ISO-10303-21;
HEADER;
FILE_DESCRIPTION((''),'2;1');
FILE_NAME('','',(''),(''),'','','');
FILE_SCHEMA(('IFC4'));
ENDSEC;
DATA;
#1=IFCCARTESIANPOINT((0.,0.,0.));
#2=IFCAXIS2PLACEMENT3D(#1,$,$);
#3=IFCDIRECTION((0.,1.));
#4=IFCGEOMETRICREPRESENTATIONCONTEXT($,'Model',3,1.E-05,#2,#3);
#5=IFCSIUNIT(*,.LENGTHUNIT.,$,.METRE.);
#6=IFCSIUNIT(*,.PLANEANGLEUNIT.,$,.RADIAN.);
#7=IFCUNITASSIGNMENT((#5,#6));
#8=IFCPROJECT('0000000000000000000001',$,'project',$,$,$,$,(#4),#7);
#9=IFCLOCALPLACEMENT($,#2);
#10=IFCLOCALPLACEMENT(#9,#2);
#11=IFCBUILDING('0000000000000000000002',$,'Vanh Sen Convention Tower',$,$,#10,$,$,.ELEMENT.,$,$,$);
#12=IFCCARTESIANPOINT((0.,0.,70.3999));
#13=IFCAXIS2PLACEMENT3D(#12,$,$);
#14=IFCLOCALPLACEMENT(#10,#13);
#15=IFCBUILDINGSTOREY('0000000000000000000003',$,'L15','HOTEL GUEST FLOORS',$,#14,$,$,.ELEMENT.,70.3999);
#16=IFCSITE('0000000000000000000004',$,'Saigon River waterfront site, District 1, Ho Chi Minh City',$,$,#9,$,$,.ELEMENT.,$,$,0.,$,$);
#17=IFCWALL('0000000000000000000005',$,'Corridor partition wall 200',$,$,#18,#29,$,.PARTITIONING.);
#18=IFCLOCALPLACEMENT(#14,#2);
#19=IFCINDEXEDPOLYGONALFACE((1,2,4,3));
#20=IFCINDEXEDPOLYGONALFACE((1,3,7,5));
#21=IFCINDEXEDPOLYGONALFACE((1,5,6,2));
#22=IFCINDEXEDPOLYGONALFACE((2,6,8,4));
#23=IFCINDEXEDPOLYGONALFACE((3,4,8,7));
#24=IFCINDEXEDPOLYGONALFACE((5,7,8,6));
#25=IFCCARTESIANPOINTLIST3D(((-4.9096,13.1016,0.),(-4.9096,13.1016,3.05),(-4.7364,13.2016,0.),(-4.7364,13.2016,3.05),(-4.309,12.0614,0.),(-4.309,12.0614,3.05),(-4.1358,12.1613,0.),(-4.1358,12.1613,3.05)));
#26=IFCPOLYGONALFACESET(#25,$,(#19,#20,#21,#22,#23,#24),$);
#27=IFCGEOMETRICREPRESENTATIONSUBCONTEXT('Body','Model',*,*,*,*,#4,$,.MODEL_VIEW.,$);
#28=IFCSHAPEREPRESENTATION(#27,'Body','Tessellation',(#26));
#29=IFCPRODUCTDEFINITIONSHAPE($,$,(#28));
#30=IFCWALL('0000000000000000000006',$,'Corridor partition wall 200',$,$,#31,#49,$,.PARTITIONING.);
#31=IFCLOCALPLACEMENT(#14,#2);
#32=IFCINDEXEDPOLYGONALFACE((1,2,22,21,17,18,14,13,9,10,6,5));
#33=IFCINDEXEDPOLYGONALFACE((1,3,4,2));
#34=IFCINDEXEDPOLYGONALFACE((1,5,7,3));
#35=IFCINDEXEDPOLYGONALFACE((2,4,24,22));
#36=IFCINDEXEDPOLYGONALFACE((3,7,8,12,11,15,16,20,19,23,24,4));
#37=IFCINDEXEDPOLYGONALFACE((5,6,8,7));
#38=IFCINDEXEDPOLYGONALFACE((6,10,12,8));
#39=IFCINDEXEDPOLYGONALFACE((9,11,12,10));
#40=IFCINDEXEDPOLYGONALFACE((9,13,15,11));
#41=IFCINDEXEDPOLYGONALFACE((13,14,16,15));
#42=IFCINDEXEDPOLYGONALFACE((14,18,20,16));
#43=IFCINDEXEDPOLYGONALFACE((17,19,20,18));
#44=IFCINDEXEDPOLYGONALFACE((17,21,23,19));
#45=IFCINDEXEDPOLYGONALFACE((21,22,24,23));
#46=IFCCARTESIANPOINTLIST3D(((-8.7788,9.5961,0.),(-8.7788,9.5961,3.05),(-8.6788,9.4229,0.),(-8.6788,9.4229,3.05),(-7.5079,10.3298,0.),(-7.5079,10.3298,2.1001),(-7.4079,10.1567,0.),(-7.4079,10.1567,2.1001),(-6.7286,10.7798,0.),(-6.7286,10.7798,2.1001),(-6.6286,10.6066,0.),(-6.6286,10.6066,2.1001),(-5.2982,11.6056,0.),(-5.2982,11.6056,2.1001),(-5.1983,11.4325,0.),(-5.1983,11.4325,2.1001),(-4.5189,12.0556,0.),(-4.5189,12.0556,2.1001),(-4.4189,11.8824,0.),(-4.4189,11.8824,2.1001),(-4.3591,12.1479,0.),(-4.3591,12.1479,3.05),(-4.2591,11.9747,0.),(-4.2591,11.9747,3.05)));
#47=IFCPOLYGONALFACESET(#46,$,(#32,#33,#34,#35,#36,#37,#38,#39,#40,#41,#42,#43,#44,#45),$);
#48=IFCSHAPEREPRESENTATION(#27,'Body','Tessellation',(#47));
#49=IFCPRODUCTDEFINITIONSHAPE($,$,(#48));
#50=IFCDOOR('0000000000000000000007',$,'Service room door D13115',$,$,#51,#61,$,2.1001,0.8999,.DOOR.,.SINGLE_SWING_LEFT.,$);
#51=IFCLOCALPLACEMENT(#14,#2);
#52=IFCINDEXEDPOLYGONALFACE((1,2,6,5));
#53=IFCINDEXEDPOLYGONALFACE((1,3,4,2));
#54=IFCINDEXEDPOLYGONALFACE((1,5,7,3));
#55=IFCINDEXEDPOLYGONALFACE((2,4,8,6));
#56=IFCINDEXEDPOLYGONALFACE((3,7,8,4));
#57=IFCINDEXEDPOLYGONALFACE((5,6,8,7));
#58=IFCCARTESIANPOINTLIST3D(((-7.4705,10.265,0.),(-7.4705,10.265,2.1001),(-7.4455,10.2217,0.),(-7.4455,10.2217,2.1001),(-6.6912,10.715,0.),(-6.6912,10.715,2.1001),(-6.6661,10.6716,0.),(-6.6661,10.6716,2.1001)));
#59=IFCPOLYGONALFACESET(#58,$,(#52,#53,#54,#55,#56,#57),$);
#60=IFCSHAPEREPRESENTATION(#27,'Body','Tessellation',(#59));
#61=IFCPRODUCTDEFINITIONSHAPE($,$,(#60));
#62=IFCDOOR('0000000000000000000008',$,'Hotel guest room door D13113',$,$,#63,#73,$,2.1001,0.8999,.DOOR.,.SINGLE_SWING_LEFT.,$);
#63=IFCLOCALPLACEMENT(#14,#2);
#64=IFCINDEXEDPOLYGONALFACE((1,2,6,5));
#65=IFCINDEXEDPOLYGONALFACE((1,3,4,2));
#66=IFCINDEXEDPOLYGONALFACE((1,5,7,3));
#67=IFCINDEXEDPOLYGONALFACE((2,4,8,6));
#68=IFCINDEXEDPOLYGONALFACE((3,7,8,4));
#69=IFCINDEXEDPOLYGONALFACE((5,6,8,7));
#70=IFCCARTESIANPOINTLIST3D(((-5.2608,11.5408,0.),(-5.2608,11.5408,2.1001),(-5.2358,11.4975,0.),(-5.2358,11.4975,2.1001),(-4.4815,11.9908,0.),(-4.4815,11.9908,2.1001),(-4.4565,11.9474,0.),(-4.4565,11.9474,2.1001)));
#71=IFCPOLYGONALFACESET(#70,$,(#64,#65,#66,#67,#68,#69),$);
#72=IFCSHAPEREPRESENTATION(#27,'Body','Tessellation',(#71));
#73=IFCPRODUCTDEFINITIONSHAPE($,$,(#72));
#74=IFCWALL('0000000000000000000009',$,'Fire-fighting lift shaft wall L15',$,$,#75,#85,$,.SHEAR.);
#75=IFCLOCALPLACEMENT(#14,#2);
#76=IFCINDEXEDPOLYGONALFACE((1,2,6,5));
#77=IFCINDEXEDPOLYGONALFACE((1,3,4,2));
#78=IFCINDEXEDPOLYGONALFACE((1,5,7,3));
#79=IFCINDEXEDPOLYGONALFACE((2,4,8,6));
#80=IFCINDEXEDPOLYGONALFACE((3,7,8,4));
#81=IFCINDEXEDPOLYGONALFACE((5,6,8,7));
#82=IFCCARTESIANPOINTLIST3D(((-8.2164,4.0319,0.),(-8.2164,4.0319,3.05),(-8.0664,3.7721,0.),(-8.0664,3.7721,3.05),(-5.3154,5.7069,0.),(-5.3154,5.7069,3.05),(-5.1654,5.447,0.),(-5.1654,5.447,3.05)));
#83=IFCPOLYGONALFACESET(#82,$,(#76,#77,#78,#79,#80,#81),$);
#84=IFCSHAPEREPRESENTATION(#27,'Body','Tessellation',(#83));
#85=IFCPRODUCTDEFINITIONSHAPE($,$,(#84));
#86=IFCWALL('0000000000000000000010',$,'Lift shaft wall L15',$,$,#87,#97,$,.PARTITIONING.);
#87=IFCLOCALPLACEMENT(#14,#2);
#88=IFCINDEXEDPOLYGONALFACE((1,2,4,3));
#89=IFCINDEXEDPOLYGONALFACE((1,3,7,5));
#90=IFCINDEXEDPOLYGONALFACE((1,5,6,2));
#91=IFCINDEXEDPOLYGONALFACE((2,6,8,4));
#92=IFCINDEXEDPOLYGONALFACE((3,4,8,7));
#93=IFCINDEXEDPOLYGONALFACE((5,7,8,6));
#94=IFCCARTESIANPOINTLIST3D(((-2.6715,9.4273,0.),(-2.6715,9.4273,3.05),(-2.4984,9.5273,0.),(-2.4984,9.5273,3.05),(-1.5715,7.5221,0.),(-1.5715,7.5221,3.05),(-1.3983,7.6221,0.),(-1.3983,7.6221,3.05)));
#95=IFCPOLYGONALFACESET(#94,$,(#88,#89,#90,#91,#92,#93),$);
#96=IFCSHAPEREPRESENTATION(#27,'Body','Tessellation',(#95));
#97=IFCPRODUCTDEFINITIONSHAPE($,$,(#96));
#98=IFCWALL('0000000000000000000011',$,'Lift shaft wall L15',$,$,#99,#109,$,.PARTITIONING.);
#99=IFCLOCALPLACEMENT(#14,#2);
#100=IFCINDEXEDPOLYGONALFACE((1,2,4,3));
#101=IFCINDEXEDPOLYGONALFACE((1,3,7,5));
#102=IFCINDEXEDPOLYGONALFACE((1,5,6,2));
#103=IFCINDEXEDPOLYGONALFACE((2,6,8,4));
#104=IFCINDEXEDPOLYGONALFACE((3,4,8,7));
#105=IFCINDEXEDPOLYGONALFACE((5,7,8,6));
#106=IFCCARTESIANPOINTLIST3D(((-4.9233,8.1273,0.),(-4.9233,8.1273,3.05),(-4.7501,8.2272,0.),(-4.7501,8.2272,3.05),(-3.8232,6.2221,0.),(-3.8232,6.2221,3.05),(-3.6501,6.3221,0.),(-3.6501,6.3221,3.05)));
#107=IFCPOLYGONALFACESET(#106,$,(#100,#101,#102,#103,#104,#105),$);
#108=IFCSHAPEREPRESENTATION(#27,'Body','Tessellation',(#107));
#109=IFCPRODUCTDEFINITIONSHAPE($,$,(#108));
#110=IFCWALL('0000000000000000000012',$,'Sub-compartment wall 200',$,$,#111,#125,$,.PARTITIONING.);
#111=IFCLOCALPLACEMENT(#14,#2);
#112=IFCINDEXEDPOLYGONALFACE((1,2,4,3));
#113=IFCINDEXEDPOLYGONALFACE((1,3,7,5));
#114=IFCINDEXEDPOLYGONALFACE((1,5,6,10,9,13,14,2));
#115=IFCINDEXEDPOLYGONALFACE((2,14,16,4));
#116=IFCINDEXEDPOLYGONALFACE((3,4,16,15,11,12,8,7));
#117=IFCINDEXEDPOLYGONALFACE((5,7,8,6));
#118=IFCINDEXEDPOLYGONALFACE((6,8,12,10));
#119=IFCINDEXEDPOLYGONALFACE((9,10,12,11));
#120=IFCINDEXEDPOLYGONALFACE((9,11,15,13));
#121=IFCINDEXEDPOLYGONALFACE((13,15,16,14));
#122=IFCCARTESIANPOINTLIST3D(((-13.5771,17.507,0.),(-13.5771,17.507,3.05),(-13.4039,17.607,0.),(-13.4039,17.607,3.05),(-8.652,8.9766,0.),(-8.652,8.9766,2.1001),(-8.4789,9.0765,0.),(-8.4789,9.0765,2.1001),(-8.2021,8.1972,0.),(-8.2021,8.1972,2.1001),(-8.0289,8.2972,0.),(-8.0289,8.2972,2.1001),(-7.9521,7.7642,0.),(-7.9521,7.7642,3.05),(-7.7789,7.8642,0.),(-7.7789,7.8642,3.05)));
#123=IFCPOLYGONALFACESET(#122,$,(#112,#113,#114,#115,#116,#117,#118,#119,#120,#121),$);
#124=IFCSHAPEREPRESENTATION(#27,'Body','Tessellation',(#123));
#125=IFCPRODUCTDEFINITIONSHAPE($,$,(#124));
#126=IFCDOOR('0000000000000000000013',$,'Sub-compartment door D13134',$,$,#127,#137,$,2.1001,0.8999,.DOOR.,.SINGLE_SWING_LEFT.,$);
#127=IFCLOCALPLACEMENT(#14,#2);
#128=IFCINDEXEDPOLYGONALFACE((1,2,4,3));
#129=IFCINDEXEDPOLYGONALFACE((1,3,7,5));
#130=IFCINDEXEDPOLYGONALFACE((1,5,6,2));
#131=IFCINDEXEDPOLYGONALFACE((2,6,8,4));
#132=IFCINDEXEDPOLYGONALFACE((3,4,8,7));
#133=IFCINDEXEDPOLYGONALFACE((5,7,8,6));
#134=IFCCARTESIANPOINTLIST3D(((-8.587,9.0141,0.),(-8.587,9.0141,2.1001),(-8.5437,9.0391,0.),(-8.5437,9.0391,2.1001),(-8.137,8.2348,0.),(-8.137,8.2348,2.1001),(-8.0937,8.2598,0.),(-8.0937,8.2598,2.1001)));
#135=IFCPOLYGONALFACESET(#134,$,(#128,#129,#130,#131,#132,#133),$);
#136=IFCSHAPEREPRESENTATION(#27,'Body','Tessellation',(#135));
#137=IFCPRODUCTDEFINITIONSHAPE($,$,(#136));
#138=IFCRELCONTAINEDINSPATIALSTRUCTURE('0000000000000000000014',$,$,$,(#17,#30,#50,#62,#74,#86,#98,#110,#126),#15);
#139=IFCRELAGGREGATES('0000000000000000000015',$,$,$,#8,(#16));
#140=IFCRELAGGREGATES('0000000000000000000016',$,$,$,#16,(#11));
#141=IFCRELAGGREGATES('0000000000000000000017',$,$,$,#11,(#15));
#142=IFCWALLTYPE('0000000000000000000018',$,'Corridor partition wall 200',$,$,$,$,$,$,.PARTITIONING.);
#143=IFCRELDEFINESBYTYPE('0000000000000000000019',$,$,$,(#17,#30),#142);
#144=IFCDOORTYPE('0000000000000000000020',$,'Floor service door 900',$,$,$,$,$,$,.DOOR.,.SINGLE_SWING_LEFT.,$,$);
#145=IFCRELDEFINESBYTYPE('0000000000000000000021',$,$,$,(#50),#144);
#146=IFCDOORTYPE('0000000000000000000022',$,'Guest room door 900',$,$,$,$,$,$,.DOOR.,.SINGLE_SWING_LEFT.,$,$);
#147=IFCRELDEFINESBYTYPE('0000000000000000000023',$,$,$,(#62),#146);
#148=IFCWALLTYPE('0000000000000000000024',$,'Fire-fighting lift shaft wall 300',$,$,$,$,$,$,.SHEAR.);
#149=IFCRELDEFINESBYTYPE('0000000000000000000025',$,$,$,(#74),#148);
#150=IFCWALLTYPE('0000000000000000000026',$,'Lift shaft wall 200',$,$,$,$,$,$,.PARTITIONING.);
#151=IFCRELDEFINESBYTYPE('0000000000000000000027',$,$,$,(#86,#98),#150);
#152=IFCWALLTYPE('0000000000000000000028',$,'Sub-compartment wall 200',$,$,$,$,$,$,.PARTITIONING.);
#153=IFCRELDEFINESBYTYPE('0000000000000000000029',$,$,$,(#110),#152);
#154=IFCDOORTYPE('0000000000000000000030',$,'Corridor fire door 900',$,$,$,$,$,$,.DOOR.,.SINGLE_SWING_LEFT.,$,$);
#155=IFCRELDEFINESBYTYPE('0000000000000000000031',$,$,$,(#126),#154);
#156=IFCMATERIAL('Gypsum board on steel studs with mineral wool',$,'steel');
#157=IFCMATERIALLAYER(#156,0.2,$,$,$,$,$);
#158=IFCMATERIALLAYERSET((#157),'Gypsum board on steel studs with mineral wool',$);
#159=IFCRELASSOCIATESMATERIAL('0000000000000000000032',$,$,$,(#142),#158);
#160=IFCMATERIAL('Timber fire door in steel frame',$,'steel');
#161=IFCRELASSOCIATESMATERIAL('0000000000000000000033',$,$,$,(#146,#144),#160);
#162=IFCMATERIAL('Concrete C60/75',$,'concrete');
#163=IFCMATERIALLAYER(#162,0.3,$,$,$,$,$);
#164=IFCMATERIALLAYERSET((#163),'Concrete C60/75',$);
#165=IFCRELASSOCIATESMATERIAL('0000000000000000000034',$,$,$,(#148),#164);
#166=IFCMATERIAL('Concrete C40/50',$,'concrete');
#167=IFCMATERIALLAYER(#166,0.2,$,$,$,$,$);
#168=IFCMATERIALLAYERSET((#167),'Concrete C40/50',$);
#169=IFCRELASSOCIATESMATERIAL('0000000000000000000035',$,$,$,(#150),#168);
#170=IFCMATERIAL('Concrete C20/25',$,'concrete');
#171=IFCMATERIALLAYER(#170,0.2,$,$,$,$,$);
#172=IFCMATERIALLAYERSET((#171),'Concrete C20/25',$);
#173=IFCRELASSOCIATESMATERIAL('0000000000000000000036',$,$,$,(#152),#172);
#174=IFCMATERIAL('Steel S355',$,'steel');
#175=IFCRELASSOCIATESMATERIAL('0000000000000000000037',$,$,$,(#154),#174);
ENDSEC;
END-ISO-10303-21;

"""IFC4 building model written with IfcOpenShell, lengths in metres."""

from ifc_helpers import new_model, si_unit, direction, frame, frame_2d, origin, place, context, subcontext, project, spatial, rectangle, extrude, material, layer, layer_set, type_object, element, fill, save


model = new_model("IFC4")

# Units and contexts
model_context = context("Model", 3, precision=1e-05, world=origin(), true_north=direction((0.0, 1.0)))
body_context = subcontext(model_context, "Body", "Model", "MODEL_VIEW")
ifc_project = project(units=[si_unit("LENGTHUNIT", "METRE"), si_unit("PLANEANGLEUNIT", "RADIAN")], contexts=[model_context])

# Site, building, storey
site_placement = place(None, origin())
site = spatial("IfcSite", under=ifc_project, at=site_placement, Name="Saigon River waterfront site, District 1, Ho Chi Minh City", CompositionType="ELEMENT", RefElevation=0.0)
building_placement = place(site_placement, origin())
building = spatial("IfcBuilding", under=site, at=building_placement, Name="Vanh Sen Convention Tower", CompositionType="ELEMENT")
storey_placement = place(building_placement, frame((0.0, 0.0, 70.3999)))
storey = spatial("IfcBuildingStorey", under=building, at=storey_placement, Name="L15", Description="HOTEL GUEST FLOORS", CompositionType="ELEMENT", Elevation=70.3999)

# Shared definitions
ifc_material_1 = material(Name="Gypsum board on steel studs with mineral wool", Category="steel")
ifc_layer_1 = layer(ifc_material_1, 0.2)
ifc_layer_set_1 = layer_set([ifc_layer_1], Name="Gypsum board on steel studs with mineral wool")
wall_type_1 = type_object("IfcWallType", Name="Corridor partition wall 200", PredefinedType="PARTITIONING", material=ifc_layer_set_1)
ifc_material_2 = material(Name="Timber fire door in steel frame", Category="steel")

# Shared definitions
door_type_1 = type_object("IfcDoorType", Name="Guest room door 900", OperationType="SINGLE_SWING_LEFT", PredefinedType="DOOR", material=ifc_material_2)

# Wall
wall_1_placement = place(storey_placement, frame((-4.823, 13.1516, 0.0), z_axis=(0.0, 0.0, 1.0), x_axis=(0.499986, -0.866033, 0.0)))
element("IfcWall", 1, at=wall_1_placement, inside=storey, type_object=wall_type_1, Name="Corridor partition wall 200", PredefinedType="PARTITIONING", context=body_context, shape_type="SweptSolid", body=[
    extrude(rectangle(XDim=1.2012, YDim=0.2, at=frame_2d((0.6006, 0.0))), origin(), (0.0, 0.0, 1.0), 3.05),
])

# Wall, openings, doors
wall_2_placement = place(storey_placement, frame((-4.3091, 12.0613, 0.0), z_axis=(0.0, 0.0, 1.0), x_axis=(-0.866021, -0.500008, 0.0)))
wall_2 = element("IfcWall", 2, at=wall_2_placement, inside=storey, type_object=wall_type_1, Name="Corridor partition wall 200", PredefinedType="PARTITIONING", context=body_context, shape_type="SweptSolid", body=[
    extrude(rectangle(XDim=5.1035, YDim=0.2, at=frame_2d((2.5518, 0.0))), origin(), (0.0, 0.0, 1.0), 3.05),
])
opening_1_placement = place(wall_2_placement, frame((0.1846, 0.0, 0.0)))
opening_1 = element("IfcOpeningElement", 3, at=opening_1_placement, cuts=wall_2, PredefinedType="OPENING", context=body_context, shape_type="SweptSolid", body=[
    extrude(rectangle(XDim=0.8999, YDim=2.1001, at=frame_2d((0.45, 1.05))), frame((0.0, 0.1099, 0.0), z_axis=(0.0, -1.0, 0.0), x_axis=(1.0, 0.0, 0.0)), (0.0, 0.0, 1.0), 0.22),
])
opening_2_placement = place(wall_2_placement, frame((2.7361, 0.0, 0.0)))
opening_2 = element("IfcOpeningElement", 4, at=opening_2_placement, cuts=wall_2, PredefinedType="OPENING", context=body_context, shape_type="SweptSolid", body=[
    extrude(rectangle(XDim=0.8999, YDim=2.1001, at=frame_2d((0.45, 1.05))), frame((0.0, 0.1099, 0.0), z_axis=(0.0, -1.0, 0.0), x_axis=(1.0, 0.0, 0.0)), (0.0, 0.0, 1.0), 0.22),
])
door_type_2 = type_object("IfcDoorType", Name="Floor service door 900", OperationType="SINGLE_SWING_LEFT", PredefinedType="DOOR", material=ifc_material_2)
door_1_placement = place(opening_2_placement, origin())
door_1 = element("IfcDoor", 5, at=door_1_placement, inside=storey, type_object=door_type_2, Name="Service room door D13115", OperationType="SINGLE_SWING_LEFT", OverallHeight=2.1001, OverallWidth=0.8999, PredefinedType="DOOR", context=body_context, shape_type="SweptSolid", body=[
    extrude(rectangle(XDim=0.8999, YDim=2.1001, at=frame_2d((0.45, 1.05))), frame((0.0, 0.0249, 0.0), z_axis=(0.0, -1.0, 0.0), x_axis=(1.0, 0.0, 0.0)), (0.0, 0.0, 1.0), 0.05),
])
fill(opening_2, door_1)
door_2_placement = place(opening_1_placement, origin())
door_2 = element("IfcDoor", 6, at=door_2_placement, inside=storey, type_object=door_type_1, Name="Hotel guest room door D13113", OperationType="SINGLE_SWING_LEFT", OverallHeight=2.1001, OverallWidth=0.8999, PredefinedType="DOOR", context=body_context, shape_type="SweptSolid", body=[
    extrude(rectangle(XDim=0.8999, YDim=2.1001, at=frame_2d((0.45, 1.05))), frame((0.0, 0.0249, 0.0), z_axis=(0.0, -1.0, 0.0), x_axis=(1.0, 0.0, 0.0)), (0.0, 0.0, 1.0), 0.05),
])
fill(opening_1, door_2)

# Walls
ifc_material_3 = material(Name="Concrete C60/75", Category="concrete")
ifc_layer_2 = layer(ifc_material_3, 0.3)
ifc_layer_set_2 = layer_set([ifc_layer_2], Name="Concrete C60/75")
wall_type_2 = type_object("IfcWallType", Name="Fire-fighting lift shaft wall 300", PredefinedType="SHEAR", material=ifc_layer_set_2)
wall_3_placement = place(storey_placement, frame((-5.2405, 5.5769, 0.0), z_axis=(0.0, 0.0, 1.0), x_axis=(-0.866014, -0.500019, 0.0)))
element("IfcWall", 7, at=wall_3_placement, inside=storey, type_object=wall_type_2, Name="Fire-fighting lift shaft wall L15", PredefinedType="SHEAR", context=body_context, shape_type="SweptSolid", body=[
    extrude(rectangle(XDim=3.3499, YDim=0.3, at=frame_2d((1.6748, 0.0))), origin(), (0.0, 0.0, 1.0), 3.05),
])
ifc_material_4 = material(Name="Concrete C40/50", Category="concrete")
ifc_layer_3 = layer(ifc_material_4, 0.2)
ifc_layer_set_3 = layer_set([ifc_layer_3], Name="Concrete C40/50")
wall_type_3 = type_object("IfcWallType", Name="Lift shaft wall 200", PredefinedType="PARTITIONING", material=ifc_layer_set_3)
for number, where, z_axis, x_axis, name in (
    (8, (-1.4849, 7.572, 0.0), (0.0, 0.0, 1.0), (-0.50003, 0.866008, 0.0), "Lift shaft wall L15"),
    (9, (-3.7366, 6.272, 0.0), (0.0, 0.0, 1.0), (-0.50003, 0.866008, 0.0), "Lift shaft wall L15"),
):
    element("IfcWall", number, at=place(storey_placement, frame(where, z_axis=z_axis, x_axis=x_axis)), inside=storey, type_object=wall_type_3, Name=name, PredefinedType="PARTITIONING", context=body_context, shape_type="SweptSolid", body=[
        extrude(rectangle(XDim=2.2, YDim=0.2, at=frame_2d((1.1001, 0.0))), origin(), (0.0, 0.0, 1.0), 3.05),
    ])

# Wall, opening, door
ifc_material_5 = material(Name="Concrete C20/25", Category="concrete")
ifc_layer_4 = layer(ifc_material_5, 0.2)
ifc_layer_set_4 = layer_set([ifc_layer_4], Name="Concrete C20/25")
wall_type_4 = type_object("IfcWallType", Name="Sub-compartment wall 200", PredefinedType="PARTITIONING", material=ifc_layer_set_4)
wall_4_placement = place(storey_placement, frame((-7.8655, 7.8142, 0.0), z_axis=(0.0, 0.0, 1.0), x_axis=(-0.500004, 0.866023, 0.0)))
wall_4 = element("IfcWall", 10, at=wall_4_placement, inside=storey, type_object=wall_type_4, Name="Sub-compartment wall 200", PredefinedType="PARTITIONING", context=body_context, shape_type="SweptSolid", body=[
    extrude(rectangle(XDim=11.25, YDim=0.2, at=frame_2d((5.625, 0.0))), origin(), (0.0, 0.0, 1.0), 3.05),
])
opening_3_placement = place(wall_4_placement, frame((0.5, 0.0, 0.0)))
opening_3 = element("IfcOpeningElement", 11, at=opening_3_placement, cuts=wall_4, PredefinedType="OPENING", context=body_context, shape_type="SweptSolid", body=[
    extrude(rectangle(XDim=0.8999, YDim=2.1001, at=frame_2d((0.45, 1.05))), frame((0.0, 0.1099, 0.0), z_axis=(0.0, -1.0, 0.0), x_axis=(1.0, 0.0, 0.0)), (0.0, 0.0, 1.0), 0.22),
])
ifc_material_6 = material(Name="Steel S355", Category="steel")
door_type_3 = type_object("IfcDoorType", Name="Corridor fire door 900", OperationType="SINGLE_SWING_LEFT", PredefinedType="DOOR", material=ifc_material_6)
door_3_placement = place(opening_3_placement, origin())
door_3 = element("IfcDoor", 12, at=door_3_placement, inside=storey, type_object=door_type_3, Name="Sub-compartment door D13134", OperationType="SINGLE_SWING_LEFT", OverallHeight=2.1001, OverallWidth=0.8999, PredefinedType="DOOR", context=body_context, shape_type="SweptSolid", body=[
    extrude(rectangle(XDim=0.8999, YDim=2.1001, at=frame_2d((0.45, 1.05))), frame((0.0, 0.0249, 0.0), z_axis=(0.0, -1.0, 0.0), x_axis=(1.0, 0.0, 0.0)), (0.0, 0.0, 1.0), 0.05),
])
fill(opening_3, door_3)

save(model, "model.ifc")
